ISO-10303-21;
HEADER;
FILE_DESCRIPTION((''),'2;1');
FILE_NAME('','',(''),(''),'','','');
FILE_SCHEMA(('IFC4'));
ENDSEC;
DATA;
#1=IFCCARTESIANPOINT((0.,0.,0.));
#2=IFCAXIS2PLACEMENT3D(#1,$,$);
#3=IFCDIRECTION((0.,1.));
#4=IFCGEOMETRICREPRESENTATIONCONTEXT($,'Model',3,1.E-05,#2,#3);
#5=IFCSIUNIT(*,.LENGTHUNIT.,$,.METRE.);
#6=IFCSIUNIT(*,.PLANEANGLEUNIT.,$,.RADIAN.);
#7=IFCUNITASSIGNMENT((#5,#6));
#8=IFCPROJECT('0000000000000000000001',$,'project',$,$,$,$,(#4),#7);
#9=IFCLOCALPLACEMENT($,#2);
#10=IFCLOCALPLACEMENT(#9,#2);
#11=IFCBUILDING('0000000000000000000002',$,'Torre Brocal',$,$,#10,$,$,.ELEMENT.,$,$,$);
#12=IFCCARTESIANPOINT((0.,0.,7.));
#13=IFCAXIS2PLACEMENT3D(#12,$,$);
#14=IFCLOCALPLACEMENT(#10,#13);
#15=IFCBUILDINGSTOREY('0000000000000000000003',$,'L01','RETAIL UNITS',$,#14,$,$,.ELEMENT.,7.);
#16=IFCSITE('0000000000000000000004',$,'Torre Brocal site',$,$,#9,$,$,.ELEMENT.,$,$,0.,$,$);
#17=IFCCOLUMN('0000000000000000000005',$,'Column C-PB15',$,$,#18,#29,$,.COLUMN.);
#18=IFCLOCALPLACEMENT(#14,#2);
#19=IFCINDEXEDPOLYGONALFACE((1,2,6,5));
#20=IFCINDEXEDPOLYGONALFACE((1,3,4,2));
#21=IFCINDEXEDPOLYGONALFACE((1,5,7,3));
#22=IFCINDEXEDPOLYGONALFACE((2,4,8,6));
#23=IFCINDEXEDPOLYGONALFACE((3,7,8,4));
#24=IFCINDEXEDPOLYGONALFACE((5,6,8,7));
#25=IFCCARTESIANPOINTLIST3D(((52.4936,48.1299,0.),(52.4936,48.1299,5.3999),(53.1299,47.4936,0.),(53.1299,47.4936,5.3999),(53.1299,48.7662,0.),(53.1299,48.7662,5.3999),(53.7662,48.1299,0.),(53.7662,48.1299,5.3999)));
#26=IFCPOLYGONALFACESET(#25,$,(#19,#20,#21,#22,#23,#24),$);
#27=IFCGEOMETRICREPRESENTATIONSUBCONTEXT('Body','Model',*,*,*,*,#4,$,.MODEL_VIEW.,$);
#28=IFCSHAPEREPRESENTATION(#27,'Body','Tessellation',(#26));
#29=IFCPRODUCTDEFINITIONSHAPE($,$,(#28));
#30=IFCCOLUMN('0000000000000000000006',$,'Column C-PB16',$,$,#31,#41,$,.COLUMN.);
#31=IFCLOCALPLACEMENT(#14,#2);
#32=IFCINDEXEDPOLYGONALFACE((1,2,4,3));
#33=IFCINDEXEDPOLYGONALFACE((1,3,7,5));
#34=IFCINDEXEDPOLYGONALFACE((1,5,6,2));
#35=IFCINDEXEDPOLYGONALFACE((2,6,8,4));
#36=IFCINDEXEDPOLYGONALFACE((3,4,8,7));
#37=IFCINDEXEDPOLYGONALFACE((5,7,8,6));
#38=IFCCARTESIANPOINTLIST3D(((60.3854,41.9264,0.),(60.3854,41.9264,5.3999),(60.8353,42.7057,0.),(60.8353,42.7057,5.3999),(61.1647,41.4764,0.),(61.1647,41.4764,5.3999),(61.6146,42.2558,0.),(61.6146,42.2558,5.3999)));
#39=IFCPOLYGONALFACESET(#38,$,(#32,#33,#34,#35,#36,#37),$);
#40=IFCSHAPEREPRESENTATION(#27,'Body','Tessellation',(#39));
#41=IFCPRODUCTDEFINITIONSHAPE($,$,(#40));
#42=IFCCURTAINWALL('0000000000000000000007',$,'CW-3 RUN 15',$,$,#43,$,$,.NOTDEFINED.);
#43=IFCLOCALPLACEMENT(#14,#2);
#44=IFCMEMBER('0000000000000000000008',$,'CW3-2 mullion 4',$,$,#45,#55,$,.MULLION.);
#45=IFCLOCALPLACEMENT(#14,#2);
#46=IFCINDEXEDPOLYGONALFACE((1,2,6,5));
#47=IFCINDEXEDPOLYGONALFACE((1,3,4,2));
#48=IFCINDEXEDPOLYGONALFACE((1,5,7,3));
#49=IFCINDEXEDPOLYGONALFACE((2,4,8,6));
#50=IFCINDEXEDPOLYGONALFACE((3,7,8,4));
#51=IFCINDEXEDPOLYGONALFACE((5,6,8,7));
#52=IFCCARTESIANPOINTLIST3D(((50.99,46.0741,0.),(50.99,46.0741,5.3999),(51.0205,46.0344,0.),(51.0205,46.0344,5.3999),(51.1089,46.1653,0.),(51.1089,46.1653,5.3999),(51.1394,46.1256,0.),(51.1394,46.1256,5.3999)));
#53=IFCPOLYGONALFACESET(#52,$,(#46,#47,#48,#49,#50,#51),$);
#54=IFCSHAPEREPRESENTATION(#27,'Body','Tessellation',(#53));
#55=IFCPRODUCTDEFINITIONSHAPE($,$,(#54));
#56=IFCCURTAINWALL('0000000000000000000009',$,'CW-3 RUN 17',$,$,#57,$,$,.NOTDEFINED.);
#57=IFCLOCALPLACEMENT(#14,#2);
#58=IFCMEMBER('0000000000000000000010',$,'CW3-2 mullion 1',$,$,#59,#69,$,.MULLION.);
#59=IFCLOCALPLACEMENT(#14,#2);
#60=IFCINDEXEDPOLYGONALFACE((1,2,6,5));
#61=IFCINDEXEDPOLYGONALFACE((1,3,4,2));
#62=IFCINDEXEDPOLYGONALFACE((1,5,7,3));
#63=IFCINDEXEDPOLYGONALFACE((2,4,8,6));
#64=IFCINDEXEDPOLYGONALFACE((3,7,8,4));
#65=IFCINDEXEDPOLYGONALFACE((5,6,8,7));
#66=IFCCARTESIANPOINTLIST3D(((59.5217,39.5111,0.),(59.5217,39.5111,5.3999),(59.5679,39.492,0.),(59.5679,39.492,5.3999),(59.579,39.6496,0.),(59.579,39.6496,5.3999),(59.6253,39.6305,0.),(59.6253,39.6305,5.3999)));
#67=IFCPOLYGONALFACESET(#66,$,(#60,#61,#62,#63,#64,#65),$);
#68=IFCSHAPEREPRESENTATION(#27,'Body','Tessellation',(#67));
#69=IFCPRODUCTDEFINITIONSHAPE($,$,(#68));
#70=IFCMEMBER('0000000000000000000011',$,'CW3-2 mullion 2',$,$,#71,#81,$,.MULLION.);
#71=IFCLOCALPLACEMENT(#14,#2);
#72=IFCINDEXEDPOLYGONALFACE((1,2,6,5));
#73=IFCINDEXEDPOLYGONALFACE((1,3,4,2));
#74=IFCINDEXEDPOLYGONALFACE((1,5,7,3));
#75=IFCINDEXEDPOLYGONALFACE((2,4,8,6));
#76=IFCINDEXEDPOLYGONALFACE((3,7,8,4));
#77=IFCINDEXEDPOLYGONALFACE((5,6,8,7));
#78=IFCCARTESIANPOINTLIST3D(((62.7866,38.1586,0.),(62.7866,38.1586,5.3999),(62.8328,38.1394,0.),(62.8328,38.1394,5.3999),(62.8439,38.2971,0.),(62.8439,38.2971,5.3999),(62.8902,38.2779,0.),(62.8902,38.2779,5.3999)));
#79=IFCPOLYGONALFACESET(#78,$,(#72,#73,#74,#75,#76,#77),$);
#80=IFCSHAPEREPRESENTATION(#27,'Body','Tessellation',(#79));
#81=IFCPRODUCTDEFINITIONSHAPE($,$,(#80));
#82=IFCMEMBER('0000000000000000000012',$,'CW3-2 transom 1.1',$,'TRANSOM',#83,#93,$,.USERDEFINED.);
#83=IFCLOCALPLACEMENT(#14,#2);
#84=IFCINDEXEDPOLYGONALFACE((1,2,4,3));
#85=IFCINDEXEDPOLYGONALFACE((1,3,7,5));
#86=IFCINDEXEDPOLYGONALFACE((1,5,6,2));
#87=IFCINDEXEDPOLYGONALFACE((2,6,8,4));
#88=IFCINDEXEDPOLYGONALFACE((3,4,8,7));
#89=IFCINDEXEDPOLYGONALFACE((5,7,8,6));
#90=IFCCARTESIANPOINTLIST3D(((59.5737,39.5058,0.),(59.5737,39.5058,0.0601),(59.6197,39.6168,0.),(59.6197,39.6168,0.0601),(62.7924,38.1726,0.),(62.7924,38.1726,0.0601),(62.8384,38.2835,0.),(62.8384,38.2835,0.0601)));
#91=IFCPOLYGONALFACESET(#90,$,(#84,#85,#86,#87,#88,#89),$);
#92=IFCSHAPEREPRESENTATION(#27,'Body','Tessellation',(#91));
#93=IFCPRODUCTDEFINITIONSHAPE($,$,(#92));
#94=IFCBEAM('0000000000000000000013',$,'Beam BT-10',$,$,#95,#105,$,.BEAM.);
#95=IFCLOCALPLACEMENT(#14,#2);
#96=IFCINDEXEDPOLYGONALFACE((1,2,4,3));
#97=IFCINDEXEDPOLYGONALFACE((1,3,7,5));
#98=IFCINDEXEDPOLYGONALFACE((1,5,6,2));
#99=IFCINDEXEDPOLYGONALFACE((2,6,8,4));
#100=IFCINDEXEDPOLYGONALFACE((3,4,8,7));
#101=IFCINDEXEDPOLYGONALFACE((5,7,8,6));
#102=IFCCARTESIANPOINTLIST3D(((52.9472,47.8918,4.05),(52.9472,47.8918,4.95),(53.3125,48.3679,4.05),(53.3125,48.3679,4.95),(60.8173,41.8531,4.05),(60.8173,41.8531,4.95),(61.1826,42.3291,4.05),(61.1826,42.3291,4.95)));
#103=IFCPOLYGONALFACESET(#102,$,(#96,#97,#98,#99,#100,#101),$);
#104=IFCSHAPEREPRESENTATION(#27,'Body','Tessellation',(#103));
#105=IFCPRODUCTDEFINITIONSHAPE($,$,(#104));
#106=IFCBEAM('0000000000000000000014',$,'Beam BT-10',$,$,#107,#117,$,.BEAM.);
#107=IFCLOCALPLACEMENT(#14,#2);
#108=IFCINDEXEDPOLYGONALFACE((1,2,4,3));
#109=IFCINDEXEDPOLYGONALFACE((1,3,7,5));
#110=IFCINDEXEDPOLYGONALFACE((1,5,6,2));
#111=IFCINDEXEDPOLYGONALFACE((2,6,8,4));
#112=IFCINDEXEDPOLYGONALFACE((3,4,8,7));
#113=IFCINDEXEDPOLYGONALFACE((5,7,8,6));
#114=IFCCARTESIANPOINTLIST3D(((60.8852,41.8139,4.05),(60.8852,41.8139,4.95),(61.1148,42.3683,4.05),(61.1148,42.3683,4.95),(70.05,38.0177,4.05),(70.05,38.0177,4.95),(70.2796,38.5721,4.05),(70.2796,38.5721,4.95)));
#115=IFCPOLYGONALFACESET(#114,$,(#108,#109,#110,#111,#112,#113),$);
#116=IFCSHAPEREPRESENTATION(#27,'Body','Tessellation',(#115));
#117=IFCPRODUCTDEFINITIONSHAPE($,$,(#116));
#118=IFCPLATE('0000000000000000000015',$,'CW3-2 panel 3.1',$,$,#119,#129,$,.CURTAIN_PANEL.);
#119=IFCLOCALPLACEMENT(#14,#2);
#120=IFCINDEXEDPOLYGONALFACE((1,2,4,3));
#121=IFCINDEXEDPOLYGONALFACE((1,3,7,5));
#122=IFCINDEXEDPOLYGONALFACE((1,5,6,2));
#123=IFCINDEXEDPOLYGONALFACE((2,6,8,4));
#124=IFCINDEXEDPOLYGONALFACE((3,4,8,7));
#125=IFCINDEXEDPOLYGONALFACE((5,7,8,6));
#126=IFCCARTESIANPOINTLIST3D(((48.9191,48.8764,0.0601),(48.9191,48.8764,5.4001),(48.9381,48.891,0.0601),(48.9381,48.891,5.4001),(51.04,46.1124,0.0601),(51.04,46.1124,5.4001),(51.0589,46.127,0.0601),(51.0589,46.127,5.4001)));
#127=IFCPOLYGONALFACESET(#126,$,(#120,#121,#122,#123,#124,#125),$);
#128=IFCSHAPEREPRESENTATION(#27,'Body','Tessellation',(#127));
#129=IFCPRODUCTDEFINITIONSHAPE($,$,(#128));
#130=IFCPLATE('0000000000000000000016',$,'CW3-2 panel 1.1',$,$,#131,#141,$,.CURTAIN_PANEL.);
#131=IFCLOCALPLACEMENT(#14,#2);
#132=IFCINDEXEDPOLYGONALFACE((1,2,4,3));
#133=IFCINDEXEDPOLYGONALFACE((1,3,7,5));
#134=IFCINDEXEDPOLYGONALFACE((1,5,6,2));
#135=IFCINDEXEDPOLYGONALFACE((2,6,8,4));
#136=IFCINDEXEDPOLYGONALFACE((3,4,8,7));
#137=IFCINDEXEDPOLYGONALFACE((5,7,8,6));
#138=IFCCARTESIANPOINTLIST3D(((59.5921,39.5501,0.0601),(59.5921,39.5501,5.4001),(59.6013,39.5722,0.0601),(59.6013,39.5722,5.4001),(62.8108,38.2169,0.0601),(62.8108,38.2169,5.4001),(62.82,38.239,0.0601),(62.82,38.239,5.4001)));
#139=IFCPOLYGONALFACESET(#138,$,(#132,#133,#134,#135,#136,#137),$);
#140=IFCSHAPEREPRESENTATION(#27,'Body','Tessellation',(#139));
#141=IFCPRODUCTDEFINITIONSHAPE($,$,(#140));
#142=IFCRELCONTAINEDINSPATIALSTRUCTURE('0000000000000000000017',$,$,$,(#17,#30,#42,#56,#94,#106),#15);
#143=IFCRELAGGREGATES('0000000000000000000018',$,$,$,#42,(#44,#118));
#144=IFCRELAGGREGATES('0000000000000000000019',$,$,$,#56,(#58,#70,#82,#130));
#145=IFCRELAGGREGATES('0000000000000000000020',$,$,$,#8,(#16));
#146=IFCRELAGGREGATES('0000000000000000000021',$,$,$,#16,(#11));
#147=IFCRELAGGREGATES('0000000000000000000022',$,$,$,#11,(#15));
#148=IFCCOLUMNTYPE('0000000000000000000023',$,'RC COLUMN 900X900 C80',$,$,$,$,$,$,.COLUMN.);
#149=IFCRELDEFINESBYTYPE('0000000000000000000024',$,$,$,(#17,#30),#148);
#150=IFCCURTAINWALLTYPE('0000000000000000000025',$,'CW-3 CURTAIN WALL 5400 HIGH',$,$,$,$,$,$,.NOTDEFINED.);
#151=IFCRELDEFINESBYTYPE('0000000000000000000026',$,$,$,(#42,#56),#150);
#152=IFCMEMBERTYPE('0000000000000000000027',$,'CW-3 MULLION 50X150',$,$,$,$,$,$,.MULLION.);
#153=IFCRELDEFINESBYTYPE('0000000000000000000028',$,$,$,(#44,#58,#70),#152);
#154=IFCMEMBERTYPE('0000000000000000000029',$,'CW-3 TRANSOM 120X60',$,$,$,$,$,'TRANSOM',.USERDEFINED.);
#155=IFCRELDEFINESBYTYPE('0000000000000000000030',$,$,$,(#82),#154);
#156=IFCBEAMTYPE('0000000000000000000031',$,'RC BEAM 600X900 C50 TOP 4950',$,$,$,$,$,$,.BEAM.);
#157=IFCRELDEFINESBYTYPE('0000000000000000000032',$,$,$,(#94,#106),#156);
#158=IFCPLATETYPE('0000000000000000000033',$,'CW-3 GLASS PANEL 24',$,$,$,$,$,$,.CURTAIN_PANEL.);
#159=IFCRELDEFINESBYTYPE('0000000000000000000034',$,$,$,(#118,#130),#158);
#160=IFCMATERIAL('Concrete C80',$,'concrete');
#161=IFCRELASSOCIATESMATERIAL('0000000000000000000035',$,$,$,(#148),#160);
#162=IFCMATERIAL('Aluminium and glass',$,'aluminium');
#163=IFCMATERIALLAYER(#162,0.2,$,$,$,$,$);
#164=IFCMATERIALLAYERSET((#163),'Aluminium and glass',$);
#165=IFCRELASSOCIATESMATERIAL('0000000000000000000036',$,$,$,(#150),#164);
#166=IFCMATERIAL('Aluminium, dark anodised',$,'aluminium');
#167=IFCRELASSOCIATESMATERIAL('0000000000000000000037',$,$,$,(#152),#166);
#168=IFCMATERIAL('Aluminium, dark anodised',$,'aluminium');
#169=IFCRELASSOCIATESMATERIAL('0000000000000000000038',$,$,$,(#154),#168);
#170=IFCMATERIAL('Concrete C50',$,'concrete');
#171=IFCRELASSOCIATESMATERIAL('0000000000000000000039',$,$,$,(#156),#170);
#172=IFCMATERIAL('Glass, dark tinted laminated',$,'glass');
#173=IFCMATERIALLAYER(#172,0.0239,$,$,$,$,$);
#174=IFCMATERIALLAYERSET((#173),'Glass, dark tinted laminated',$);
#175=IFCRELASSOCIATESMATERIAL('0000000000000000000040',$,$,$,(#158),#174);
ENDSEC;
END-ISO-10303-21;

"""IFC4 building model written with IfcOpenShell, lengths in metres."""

from ifc_helpers import new_model, si_unit, direction, frame, origin, origin_2d, place, context, subcontext, project, spatial, rectangle, extrude, material, layer, layer_set, material_profile, profile_set, type_object, element, aggregate, save


model = new_model("IFC4")

# Units and contexts
model_context = context("Model", 3, precision=1e-05, world=origin(), true_north=direction((0.0, 1.0)))
body_context = subcontext(model_context, "Body", "Model", "MODEL_VIEW")
ifc_project = project(units=[si_unit("LENGTHUNIT", "METRE"), si_unit("PLANEANGLEUNIT", "RADIAN")], contexts=[model_context])

# Site, building, storey
site_placement = place(None, origin())
site = spatial("IfcSite", under=ifc_project, at=site_placement, Name="Torre Brocal site", CompositionType="ELEMENT", RefElevation=0.0)
building_placement = place(site_placement, origin())
building = spatial("IfcBuilding", under=site, at=building_placement, Name="Torre Brocal", CompositionType="ELEMENT")
storey_placement = place(building_placement, frame((0.0, 0.0, 7.0)))
storey = spatial("IfcBuildingStorey", under=building, at=storey_placement, Name="L01", Description="RETAIL UNITS", CompositionType="ELEMENT", Elevation=7.0)

# Columns
ifc_material_1 = material(Name="Concrete C80", Category="concrete")
ifc_material_profile_1 = material_profile(ifc_material_1, rectangle(XDim=0.8999, YDim=0.8999, at=origin_2d()), Name="RC 900X900")
ifc_profile_set_1 = profile_set([ifc_material_profile_1], Name="Concrete C80")
column_type = type_object("IfcColumnType", Name="RC COLUMN 900X900 C80", PredefinedType="COLUMN", material=ifc_profile_set_1)
for number, where, z_axis, x_axis, name in (
    (1, (53.1299, 48.1299, 0.0), (0.0, 0.0, 1.0), (-0.707107, -0.707107, 0.0), "Column C-PB15"),
    (2, (61.0, 42.0911, 0.0), (0.0, 0.0, 1.0), (-0.5, -0.866025, 0.0), "Column C-PB16"),
):
    element("IfcColumn", number, at=place(storey_placement, frame(where, z_axis=z_axis, x_axis=x_axis)), inside=storey, type_object=column_type, Name=name, PredefinedType="COLUMN", context=body_context, shape_type="SweptSolid", body=[
        extrude(rectangle(XDim=0.8999, YDim=0.8999, at=origin_2d()), origin(), (0.0, 0.0, 1.0), 5.3999),
    ])

# Curtain wall, member
ifc_material_2 = material(Name="Aluminium and glass", Category="aluminium")
ifc_layer_1 = layer(ifc_material_2, 0.2)
ifc_layer_set_1 = layer_set([ifc_layer_1], Name="Aluminium and glass")
curtain_wall_type = type_object("IfcCurtainWallType", Name="CW-3 CURTAIN WALL 5400 HIGH", PredefinedType="NOTDEFINED", material=ifc_layer_set_1)
curtain_wall_1_placement = place(storey_placement, origin())
curtain_wall_1 = element("IfcCurtainWall", 3, at=curtain_wall_1_placement, inside=storey, type_object=curtain_wall_type, Name="CW-3 RUN 15", PredefinedType="NOTDEFINED")
ifc_material_3 = material(Name="Aluminium, dark anodised", Category="aluminium")
ifc_material_profile_2 = material_profile(ifc_material_3, rectangle(XDim=0.1499, YDim=0.05, at=origin_2d()), Name="CW-3 MULLION 50X150")
ifc_profile_set_2 = profile_set([ifc_material_profile_2], Name="Aluminium, dark anodised")
member_type_1 = type_object("IfcMemberType", Name="CW-3 MULLION 50X150", PredefinedType="MULLION", material=ifc_profile_set_2)
member_1_placement = place(storey_placement, frame((51.0647, 46.0999, 0.0), z_axis=(0.0, 0.0, 1.0), x_axis=(0.793353, 0.608761, 0.0)))
member_1 = element("IfcMember", 4, at=member_1_placement, type_object=member_type_1, Name="CW3-2 mullion 4", PredefinedType="MULLION", context=body_context, shape_type="SweptSolid", body=[
    extrude(rectangle(XDim=0.1499, YDim=0.05, at=origin_2d()), origin(), (0.0, 0.0, 1.0), 5.3999),
])

# Curtain wall, members
curtain_wall_2_placement = place(storey_placement, origin())
curtain_wall_2 = element("IfcCurtainWall", 5, at=curtain_wall_2_placement, inside=storey, type_object=curtain_wall_type, Name="CW-3 RUN 17", PredefinedType="NOTDEFINED")
member_2_placement = place(storey_placement, frame((59.5735, 39.5708, 0.0), z_axis=(0.0, 0.0, 1.0), x_axis=(0.382683, 0.92388, 0.0)))
member_2 = element("IfcMember", 6, at=member_2_placement, type_object=member_type_1, Name="CW3-2 mullion 1", PredefinedType="MULLION", context=body_context, shape_type="SweptSolid", body=[
    extrude(rectangle(XDim=0.1499, YDim=0.05, at=origin_2d()), origin(), (0.0, 0.0, 1.0), 5.3999),
])
member_3_placement = place(storey_placement, frame((62.8384, 38.2183, 0.0), z_axis=(0.0, 0.0, 1.0), x_axis=(0.382683, 0.92388, 0.0)))
member_3 = element("IfcMember", 7, at=member_3_placement, type_object=member_type_1, Name="CW3-2 mullion 2", PredefinedType="MULLION", context=body_context, shape_type="SweptSolid", body=[
    extrude(rectangle(XDim=0.1499, YDim=0.05, at=origin_2d()), origin(), (0.0, 0.0, 1.0), 5.3999),
])
ifc_material_4 = material(Name="Aluminium, dark anodised", Category="aluminium")
ifc_material_profile_3 = material_profile(ifc_material_4, rectangle(XDim=0.1201, YDim=0.0601, at=origin_2d()), Name="CW-3 TRANSOM 120X60")
ifc_profile_set_3 = profile_set([ifc_material_profile_3], Name="Aluminium, dark anodised")
member_type_2 = type_object("IfcMemberType", Name="CW-3 TRANSOM 120X60", ElementType="TRANSOM", PredefinedType="USERDEFINED", material=ifc_profile_set_3)
member_4_placement = place(storey_placement, frame((59.5967, 39.5613, 0.03), z_axis=(0.923879, -0.382684, 0.0), x_axis=(0.382684, 0.923879, 0.0)))
member_4 = element("IfcMember", 8, at=member_4_placement, type_object=member_type_2, Name="CW3-2 transom 1.1", ObjectType="TRANSOM", PredefinedType="USERDEFINED", context=body_context, shape_type="SweptSolid", body=[
    extrude(rectangle(XDim=0.1201, YDim=0.0601, at=origin_2d()), origin(), (0.0, 0.0, 1.0), 3.4839),
])

# Beams
ifc_material_5 = material(Name="Concrete C50", Category="concrete")
ifc_material_profile_4 = material_profile(ifc_material_5, rectangle(XDim=0.6001, YDim=0.8999, at=origin_2d()), Name="RC 600X900")
ifc_profile_set_4 = profile_set([ifc_material_profile_4], Name="Concrete C50")
beam_type = type_object("IfcBeamType", Name="RC BEAM 600X900 C50 TOP 4950", PredefinedType="BEAM", material=ifc_profile_set_4)
for number, where, z_axis, x_axis, name in (
    (9, (53.1299, 48.1299, 4.5), (0.79336, -0.608753, 0.0), (0.608753, 0.79336, 0.0), "Beam BT-10"),
    (10, (61.0, 42.0911, 4.5), (0.923881, -0.38268, 0.0), (0.38268, 0.923881, 0.0), "Beam BT-10"),
):
    element("IfcBeam", number, at=place(storey_placement, frame(where, z_axis=z_axis, x_axis=x_axis)), inside=storey, type_object=beam_type, Name=name, PredefinedType="BEAM", context=body_context, shape_type="SweptSolid", body=[
        extrude(rectangle(XDim=0.6001, YDim=0.8999, at=origin_2d()), origin(), (0.0, 0.0, 1.0), 9.9199),
    ])

# Plates
ifc_material_6 = material(Name="Glass, dark tinted laminated", Category="glass")
ifc_layer_2 = layer(ifc_material_6, 0.0239)
ifc_layer_set_2 = layer_set([ifc_layer_2], Name="Glass, dark tinted laminated")
plate_type = type_object("IfcPlateType", Name="CW-3 GLASS PANEL 24", PredefinedType="CURTAIN_PANEL", material=ifc_layer_set_2)
plate_1_placement = place(storey_placement, frame((49.989, 47.5017, 0.0601), z_axis=(0.0, 0.0, 1.0), x_axis=(0.608761, -0.793353, 0.0)))
plate_1 = element("IfcPlate", 11, at=plate_1_placement, type_object=plate_type, Name="CW3-2 panel 3.1", PredefinedType="CURTAIN_PANEL", context=body_context, shape_type="SweptSolid", body=[
    extrude(rectangle(XDim=3.4839, YDim=0.0239, at=origin_2d()), origin(), (0.0, 0.0, 1.0), 5.3401),
])
aggregate(curtain_wall_1, [member_1, plate_1])
plate_2_placement = place(storey_placement, frame((61.2061, 38.8945, 0.0601), z_axis=(0.0, 0.0, 1.0), x_axis=(0.92388, -0.382683, 0.0)))
plate_2 = element("IfcPlate", 12, at=plate_2_placement, type_object=plate_type, Name="CW3-2 panel 1.1", PredefinedType="CURTAIN_PANEL", context=body_context, shape_type="SweptSolid", body=[
    extrude(rectangle(XDim=3.4839, YDim=0.0239, at=origin_2d()), origin(), (0.0, 0.0, 1.0), 5.3401),
])
aggregate(curtain_wall_2, [member_2, member_3, member_4, plate_2])

save(model, "model.ifc")
